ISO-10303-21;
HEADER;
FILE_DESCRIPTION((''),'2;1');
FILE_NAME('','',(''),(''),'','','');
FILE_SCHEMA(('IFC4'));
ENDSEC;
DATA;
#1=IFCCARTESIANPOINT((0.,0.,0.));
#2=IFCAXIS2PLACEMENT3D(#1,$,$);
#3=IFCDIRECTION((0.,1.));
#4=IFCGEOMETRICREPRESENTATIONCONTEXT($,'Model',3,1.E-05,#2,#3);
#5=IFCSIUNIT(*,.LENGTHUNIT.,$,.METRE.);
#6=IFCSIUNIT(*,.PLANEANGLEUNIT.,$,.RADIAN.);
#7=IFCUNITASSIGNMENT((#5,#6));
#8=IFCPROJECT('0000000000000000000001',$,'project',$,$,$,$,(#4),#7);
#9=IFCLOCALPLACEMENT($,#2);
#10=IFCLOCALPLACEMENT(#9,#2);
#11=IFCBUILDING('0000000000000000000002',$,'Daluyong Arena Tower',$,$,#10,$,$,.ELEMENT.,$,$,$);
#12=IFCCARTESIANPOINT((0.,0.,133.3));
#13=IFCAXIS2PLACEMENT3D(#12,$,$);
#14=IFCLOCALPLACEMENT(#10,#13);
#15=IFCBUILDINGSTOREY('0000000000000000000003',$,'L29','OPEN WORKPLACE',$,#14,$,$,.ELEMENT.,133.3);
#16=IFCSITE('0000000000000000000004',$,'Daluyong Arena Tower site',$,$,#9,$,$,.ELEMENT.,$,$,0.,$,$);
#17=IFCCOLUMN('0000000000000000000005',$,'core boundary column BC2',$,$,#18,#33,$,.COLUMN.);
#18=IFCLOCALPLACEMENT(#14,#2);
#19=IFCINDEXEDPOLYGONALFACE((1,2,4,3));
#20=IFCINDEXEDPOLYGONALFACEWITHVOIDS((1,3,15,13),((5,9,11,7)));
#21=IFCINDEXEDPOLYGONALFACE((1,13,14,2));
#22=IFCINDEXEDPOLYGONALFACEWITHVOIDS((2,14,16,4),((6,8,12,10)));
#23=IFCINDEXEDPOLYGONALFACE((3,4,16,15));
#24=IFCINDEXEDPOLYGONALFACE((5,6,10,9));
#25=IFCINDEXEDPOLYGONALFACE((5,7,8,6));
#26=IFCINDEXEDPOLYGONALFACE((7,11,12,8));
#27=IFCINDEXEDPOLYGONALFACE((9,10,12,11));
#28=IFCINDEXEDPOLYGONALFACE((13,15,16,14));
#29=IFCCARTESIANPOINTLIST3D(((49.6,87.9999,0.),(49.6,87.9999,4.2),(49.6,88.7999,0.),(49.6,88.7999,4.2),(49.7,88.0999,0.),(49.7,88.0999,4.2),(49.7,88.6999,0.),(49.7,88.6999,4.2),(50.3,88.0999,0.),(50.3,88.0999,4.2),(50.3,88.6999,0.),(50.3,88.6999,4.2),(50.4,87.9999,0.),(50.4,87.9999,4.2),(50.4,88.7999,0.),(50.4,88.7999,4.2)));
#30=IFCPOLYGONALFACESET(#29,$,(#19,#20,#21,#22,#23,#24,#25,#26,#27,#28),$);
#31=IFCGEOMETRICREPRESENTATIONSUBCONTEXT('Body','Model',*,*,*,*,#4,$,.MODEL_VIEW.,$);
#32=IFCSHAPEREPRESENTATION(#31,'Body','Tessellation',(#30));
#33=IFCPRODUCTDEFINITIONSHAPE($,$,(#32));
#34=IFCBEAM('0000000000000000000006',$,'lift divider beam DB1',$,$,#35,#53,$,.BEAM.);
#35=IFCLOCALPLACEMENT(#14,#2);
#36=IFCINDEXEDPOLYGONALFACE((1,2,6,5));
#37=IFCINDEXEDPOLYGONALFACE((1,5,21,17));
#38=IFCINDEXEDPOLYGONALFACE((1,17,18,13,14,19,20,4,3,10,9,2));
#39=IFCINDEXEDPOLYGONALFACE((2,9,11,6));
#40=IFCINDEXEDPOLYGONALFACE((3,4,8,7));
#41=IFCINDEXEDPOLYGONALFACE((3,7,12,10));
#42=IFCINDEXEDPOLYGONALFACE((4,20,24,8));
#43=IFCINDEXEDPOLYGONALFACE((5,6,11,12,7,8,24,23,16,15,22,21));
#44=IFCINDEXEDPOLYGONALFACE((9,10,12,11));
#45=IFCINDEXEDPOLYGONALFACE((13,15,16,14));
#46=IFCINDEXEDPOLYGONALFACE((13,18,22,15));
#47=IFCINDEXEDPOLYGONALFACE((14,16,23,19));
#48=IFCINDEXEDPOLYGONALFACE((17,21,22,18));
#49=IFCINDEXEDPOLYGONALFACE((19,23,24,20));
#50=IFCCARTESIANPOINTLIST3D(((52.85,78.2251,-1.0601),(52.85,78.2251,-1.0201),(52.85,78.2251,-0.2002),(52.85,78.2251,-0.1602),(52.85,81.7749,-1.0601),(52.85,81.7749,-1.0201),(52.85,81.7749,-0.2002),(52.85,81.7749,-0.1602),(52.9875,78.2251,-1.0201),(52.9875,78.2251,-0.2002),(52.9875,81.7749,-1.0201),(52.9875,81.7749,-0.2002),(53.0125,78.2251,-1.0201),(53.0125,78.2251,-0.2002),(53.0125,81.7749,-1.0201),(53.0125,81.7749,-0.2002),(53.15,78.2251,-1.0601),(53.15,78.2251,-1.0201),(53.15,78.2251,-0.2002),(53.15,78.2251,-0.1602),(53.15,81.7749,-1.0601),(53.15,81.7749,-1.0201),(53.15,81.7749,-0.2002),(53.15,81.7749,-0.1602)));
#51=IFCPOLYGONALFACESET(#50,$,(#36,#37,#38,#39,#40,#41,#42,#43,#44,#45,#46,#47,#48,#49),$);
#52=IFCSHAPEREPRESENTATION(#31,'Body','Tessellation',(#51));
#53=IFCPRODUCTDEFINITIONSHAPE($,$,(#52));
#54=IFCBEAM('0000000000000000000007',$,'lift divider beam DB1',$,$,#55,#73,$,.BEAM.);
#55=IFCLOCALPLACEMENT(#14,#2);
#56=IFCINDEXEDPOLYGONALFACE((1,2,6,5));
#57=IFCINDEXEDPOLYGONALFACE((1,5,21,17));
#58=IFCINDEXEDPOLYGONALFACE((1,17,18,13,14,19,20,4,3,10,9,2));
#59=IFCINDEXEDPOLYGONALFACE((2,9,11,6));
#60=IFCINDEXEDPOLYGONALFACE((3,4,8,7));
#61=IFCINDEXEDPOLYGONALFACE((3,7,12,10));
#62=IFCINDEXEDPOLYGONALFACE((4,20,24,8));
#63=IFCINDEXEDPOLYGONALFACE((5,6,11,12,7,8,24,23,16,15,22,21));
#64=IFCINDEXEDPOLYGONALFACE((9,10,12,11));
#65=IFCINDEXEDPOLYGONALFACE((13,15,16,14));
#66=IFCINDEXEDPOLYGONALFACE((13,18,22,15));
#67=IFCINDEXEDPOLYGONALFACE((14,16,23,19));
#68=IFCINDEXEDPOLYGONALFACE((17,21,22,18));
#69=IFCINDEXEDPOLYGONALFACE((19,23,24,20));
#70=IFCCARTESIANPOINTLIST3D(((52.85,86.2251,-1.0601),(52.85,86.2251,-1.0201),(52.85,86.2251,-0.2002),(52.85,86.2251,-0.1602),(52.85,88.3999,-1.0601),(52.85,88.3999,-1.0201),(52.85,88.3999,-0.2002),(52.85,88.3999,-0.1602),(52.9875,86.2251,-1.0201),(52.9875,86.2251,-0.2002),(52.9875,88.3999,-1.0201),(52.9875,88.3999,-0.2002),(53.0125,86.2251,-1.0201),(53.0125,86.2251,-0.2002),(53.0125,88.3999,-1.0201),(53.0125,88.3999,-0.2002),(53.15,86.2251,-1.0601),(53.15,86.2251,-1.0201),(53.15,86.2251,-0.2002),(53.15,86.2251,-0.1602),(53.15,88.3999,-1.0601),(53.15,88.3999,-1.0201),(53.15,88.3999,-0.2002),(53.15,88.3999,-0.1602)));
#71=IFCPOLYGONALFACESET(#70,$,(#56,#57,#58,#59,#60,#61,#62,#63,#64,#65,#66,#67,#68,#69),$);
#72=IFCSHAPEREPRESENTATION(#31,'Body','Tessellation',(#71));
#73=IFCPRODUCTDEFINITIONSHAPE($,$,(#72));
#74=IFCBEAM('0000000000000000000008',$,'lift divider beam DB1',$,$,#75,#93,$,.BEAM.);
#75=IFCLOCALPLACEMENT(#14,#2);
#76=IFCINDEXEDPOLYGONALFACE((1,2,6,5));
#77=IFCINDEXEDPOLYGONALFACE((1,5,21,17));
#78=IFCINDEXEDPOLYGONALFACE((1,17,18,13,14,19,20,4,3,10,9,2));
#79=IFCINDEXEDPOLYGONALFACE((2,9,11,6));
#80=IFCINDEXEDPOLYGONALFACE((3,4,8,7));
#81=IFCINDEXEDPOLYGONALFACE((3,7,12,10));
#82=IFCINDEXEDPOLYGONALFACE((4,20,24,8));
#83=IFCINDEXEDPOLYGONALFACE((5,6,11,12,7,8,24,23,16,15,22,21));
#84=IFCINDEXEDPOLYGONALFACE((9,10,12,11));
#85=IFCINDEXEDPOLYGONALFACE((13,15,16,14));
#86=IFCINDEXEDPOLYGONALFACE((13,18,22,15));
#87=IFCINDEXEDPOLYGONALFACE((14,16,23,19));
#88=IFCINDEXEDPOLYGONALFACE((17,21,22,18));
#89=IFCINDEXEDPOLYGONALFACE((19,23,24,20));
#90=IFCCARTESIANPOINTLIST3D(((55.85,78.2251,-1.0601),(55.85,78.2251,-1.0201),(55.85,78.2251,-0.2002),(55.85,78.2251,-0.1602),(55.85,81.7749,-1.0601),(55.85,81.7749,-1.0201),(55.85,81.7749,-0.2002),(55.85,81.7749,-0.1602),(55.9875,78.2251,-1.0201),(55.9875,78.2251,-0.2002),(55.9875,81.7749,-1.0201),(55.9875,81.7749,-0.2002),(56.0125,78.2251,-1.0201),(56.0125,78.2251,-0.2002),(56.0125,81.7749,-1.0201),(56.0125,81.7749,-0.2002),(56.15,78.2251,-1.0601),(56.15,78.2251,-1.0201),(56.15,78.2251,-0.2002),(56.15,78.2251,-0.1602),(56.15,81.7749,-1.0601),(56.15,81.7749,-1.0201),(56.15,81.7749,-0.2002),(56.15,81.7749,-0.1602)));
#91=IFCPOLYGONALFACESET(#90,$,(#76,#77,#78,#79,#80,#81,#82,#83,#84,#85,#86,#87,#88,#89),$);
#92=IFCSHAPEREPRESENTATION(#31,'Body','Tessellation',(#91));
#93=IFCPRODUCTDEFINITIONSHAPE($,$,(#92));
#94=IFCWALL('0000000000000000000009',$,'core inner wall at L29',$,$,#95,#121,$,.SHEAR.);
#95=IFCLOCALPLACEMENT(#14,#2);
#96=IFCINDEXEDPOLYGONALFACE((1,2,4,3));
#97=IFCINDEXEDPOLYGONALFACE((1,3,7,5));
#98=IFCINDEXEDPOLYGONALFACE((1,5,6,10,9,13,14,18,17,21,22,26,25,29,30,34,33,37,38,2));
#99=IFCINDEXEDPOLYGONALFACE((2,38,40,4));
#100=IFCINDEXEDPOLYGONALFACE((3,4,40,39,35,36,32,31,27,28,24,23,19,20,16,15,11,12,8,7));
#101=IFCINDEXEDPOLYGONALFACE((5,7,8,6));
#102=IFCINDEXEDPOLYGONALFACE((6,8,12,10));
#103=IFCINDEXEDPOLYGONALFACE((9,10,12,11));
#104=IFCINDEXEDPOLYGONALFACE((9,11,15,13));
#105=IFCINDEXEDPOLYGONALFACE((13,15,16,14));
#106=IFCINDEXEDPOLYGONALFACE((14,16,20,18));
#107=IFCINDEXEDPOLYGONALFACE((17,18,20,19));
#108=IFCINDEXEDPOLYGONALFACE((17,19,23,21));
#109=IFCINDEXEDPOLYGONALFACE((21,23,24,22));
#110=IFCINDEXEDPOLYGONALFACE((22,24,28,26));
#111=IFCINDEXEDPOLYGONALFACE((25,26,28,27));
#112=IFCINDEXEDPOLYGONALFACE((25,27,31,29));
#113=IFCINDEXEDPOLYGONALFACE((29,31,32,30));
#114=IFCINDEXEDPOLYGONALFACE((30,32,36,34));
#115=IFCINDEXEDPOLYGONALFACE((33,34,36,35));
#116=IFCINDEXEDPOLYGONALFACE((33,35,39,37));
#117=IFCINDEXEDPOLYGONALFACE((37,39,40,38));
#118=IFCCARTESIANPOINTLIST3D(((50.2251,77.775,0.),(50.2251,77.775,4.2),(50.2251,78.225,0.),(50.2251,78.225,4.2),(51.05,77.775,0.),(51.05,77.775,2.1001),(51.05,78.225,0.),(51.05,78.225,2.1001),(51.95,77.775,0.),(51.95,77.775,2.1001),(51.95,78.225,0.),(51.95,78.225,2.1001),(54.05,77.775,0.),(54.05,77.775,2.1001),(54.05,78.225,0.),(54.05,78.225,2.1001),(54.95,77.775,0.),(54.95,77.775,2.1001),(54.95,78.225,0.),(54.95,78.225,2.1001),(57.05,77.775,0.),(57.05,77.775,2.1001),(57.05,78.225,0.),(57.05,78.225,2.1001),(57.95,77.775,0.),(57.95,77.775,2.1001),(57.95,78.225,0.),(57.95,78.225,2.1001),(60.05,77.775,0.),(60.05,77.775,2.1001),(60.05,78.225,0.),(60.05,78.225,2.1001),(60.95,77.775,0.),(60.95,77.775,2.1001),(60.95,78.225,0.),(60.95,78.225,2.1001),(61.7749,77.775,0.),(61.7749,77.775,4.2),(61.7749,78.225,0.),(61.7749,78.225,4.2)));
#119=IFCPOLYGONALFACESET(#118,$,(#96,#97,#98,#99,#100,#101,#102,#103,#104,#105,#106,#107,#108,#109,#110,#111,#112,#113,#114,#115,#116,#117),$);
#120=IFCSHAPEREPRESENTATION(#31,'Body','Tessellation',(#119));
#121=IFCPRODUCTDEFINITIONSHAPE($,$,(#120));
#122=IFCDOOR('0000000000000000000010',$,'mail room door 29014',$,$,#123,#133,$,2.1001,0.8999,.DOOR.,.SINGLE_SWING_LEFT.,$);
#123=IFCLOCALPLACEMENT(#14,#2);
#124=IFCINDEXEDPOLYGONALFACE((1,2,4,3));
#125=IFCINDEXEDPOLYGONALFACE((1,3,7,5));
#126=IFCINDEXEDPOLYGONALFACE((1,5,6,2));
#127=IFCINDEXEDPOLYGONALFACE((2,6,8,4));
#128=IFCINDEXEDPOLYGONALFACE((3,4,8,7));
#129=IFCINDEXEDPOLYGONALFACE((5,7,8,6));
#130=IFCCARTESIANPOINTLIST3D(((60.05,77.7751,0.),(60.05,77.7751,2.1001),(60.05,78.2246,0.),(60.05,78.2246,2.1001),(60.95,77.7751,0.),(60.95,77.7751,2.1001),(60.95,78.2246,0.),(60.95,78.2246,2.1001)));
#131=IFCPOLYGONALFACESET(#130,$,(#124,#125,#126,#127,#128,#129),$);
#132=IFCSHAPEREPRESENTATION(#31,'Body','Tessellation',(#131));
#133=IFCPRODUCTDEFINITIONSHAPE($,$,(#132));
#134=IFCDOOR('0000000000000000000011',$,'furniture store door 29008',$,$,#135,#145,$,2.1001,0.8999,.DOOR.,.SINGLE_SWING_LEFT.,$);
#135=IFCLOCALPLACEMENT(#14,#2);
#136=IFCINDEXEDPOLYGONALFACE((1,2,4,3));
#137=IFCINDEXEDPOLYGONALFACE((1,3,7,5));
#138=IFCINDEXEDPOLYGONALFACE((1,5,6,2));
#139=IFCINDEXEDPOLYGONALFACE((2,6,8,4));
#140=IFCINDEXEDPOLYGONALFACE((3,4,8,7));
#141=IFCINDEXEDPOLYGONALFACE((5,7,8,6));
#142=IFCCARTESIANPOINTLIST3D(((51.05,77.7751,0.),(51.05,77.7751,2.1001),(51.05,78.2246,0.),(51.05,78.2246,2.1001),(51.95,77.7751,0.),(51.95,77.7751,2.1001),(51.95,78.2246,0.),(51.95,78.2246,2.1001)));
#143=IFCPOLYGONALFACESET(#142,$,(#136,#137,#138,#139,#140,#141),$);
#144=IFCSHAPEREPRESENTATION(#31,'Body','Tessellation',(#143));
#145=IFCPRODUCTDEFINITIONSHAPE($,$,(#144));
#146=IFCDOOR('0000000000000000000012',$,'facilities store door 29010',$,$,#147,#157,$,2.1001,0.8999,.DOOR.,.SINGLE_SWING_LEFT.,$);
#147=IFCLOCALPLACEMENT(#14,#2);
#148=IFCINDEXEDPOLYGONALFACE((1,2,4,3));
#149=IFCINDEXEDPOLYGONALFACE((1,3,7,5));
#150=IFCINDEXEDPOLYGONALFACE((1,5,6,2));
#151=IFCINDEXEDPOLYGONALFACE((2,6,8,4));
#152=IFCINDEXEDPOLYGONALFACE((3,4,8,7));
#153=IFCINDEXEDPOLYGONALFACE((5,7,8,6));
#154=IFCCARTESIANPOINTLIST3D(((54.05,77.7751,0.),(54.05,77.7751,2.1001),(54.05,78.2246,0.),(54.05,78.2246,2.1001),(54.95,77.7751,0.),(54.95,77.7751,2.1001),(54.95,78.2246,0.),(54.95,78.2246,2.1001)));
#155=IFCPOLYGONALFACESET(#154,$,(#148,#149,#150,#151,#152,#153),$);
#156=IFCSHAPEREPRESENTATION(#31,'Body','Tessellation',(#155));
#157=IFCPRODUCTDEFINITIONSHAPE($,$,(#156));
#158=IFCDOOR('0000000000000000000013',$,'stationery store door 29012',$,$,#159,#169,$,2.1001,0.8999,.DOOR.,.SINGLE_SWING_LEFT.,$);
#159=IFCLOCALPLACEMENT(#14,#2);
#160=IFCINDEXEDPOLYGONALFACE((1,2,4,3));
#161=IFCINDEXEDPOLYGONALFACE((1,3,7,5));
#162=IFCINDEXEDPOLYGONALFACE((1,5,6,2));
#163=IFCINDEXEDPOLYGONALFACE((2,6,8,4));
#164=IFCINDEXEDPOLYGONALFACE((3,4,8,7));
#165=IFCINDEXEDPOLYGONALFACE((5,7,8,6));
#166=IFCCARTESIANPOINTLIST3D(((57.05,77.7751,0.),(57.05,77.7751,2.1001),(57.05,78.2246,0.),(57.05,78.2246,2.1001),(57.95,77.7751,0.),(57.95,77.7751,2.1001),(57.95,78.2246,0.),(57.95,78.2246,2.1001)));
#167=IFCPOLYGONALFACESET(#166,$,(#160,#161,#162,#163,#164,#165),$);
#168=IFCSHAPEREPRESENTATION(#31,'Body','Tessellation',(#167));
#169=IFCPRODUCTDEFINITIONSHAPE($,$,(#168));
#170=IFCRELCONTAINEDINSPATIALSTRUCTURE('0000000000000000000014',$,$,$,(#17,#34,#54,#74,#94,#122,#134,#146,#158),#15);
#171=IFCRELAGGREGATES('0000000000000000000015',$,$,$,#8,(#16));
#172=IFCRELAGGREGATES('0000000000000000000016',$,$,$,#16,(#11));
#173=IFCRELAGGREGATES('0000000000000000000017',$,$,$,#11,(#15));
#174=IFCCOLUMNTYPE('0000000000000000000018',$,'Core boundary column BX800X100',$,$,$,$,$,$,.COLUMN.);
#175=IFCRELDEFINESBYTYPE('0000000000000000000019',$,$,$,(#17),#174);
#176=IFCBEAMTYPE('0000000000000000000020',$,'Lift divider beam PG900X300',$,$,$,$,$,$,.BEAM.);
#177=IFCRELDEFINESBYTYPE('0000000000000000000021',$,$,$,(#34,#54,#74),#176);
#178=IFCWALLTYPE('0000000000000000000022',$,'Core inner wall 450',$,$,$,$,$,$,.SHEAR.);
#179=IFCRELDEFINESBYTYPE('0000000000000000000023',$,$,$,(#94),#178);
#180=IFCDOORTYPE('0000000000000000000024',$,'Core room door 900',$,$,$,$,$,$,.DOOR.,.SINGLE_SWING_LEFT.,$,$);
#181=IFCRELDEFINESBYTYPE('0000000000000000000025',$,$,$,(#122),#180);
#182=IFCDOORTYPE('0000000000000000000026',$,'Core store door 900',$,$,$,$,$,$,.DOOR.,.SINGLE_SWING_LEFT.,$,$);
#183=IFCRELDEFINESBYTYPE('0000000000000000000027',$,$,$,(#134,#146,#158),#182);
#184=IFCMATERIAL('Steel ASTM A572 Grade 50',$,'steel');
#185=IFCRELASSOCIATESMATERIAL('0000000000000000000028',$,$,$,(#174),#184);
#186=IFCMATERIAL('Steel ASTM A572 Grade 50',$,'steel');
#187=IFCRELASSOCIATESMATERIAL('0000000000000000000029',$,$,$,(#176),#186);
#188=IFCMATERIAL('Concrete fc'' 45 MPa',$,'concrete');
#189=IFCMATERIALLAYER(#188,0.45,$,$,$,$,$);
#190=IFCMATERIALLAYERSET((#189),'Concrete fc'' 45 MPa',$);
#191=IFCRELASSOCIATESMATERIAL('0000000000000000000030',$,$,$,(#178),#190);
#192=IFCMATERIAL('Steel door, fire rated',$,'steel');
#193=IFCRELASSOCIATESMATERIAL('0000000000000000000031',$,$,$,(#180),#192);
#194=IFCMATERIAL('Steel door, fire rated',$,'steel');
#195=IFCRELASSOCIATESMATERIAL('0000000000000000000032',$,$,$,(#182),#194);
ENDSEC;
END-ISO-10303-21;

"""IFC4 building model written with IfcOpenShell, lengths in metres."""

from ifc_helpers import new_model, si_unit, direction, frame, frame_2d, origin, origin_2d, place, context, subcontext, project, spatial, rectangle, hollow_rectangle, i_section, extrude, material, layer, layer_set, material_profile, profile_set, type_object, element, fill, save


model = new_model("IFC4")

# Units and contexts
model_context = context("Model", 3, precision=1e-05, world=origin(), true_north=direction((0.0, 1.0)))
body_context = subcontext(model_context, "Body", "Model", "MODEL_VIEW")
ifc_project = project(units=[si_unit("LENGTHUNIT", "METRE"), si_unit("PLANEANGLEUNIT", "RADIAN")], contexts=[model_context])

# Site, building, storey
site_placement = place(None, origin())
site = spatial("IfcSite", under=ifc_project, at=site_placement, Name="Daluyong Arena Tower site", CompositionType="ELEMENT", RefElevation=0.0)
building_placement = place(site_placement, origin())
building = spatial("IfcBuilding", under=site, at=building_placement, Name="Daluyong Arena Tower", CompositionType="ELEMENT")
storey_placement = place(building_placement, frame((0.0, 0.0, 133.3)))
storey = spatial("IfcBuildingStorey", under=building, at=storey_placement, Name="L29", Description="OPEN WORKPLACE", CompositionType="ELEMENT", Elevation=133.3)

# Column
ifc_material_1 = material(Name="Steel ASTM A572 Grade 50", Category="steel")
ifc_material_profile_1 = material_profile(ifc_material_1, hollow_rectangle(XDim=0.8, YDim=0.8, WallThickness=0.1, at=origin_2d()))
ifc_profile_set_1 = profile_set([ifc_material_profile_1], Name="Steel ASTM A572 Grade 50")
column_type = type_object("IfcColumnType", Name="Core boundary column BX800X100", PredefinedType="COLUMN", material=ifc_profile_set_1)
column_placement = place(storey_placement, frame((50.0, 88.3999, 0.0), z_axis=(0.0, 0.0, 1.0), x_axis=(1.0, 0.0, 0.0)))
element("IfcColumn", 1, at=column_placement, inside=storey, type_object=column_type, Name="core boundary column BC2", PredefinedType="COLUMN", context=body_context, shape_type="SweptSolid", body=[
    extrude(hollow_rectangle(XDim=0.8, YDim=0.8, WallThickness=0.1, at=origin_2d()), origin(), (0.0, 0.0, 1.0), 4.2),
])

# Beams
ifc_material_2 = material(Name="Steel ASTM A572 Grade 50", Category="steel")
ifc_material_profile_2 = material_profile(ifc_material_2, i_section(OverallWidth=0.3, OverallDepth=0.8999, WebThickness=0.025, FlangeThickness=0.04, at=origin_2d()))
ifc_profile_set_2 = profile_set([ifc_material_profile_2], Name="Steel ASTM A572 Grade 50")
beam_type = type_object("IfcBeamType", Name="Lift divider beam PG900X300", PredefinedType="BEAM", material=ifc_profile_set_2)
beam_1_placement = place(storey_placement, frame((53.0, 78.2251, -0.6101), z_axis=(0.0, 1.0, 0.0), x_axis=(-1.0, 0.0, 0.0)))
element("IfcBeam", 2, at=beam_1_placement, inside=storey, type_object=beam_type, Name="lift divider beam DB1", PredefinedType="BEAM", context=body_context, shape_type="SweptSolid", body=[
    extrude(i_section(OverallWidth=0.3, OverallDepth=0.8999, WebThickness=0.025, FlangeThickness=0.04, at=origin_2d()), origin(), (0.0, 0.0, 1.0), 3.5498),
])
beam_2_placement = place(storey_placement, frame((53.0, 86.2251, -0.6101), z_axis=(0.0, 1.0, 0.0), x_axis=(-1.0, 0.0, 0.0)))
element("IfcBeam", 3, at=beam_2_placement, inside=storey, type_object=beam_type, Name="lift divider beam DB1", PredefinedType="BEAM", context=body_context, shape_type="SweptSolid", body=[
    extrude(i_section(OverallWidth=0.3, OverallDepth=0.8999, WebThickness=0.025, FlangeThickness=0.04, at=origin_2d()), origin(), (0.0, 0.0, 1.0), 2.1748),
])
beam_3_placement = place(storey_placement, frame((56.0, 78.2251, -0.6101), z_axis=(0.0, 1.0, 0.0), x_axis=(-1.0, 0.0, 0.0)))
element("IfcBeam", 4, at=beam_3_placement, inside=storey, type_object=beam_type, Name="lift divider beam DB1", PredefinedType="BEAM", context=body_context, shape_type="SweptSolid", body=[
    extrude(i_section(OverallWidth=0.3, OverallDepth=0.8999, WebThickness=0.025, FlangeThickness=0.04, at=origin_2d()), origin(), (0.0, 0.0, 1.0), 3.5498),
])

# Wall, openings, doors
ifc_material_3 = material(Name="Concrete fc' 45 MPa", Category="concrete")
ifc_layer_1 = layer(ifc_material_3, 0.45)
ifc_layer_set_1 = layer_set([ifc_layer_1], Name="Concrete fc' 45 MPa")
wall_type_1 = type_object("IfcWallType", Name="Core inner wall 450", PredefinedType="SHEAR", material=ifc_layer_set_1)
wall_1_placement = place(storey_placement, frame((50.2251, 78.0, 0.0), z_axis=(0.0, 0.0, 1.0), x_axis=(1.0, 0.0, 0.0)))
wall_1 = element("IfcWall", 5, at=wall_1_placement, inside=storey, type_object=wall_type_1, Name="core inner wall at L29", PredefinedType="SHEAR", context=body_context, shape_type="SweptSolid", body=[
    extrude(rectangle(XDim=11.5498, YDim=0.45, at=frame_2d((5.7749, 0.0))), origin(), (0.0, 0.0, 1.0), 4.2),
])
opening_1_placement = place(wall_1_placement, frame((0.825, 0.0, 0.0)))
opening_1 = element("IfcOpeningElement", 6, at=opening_1_placement, cuts=wall_1, PredefinedType="OPENING", context=body_context, shape_type="SweptSolid", body=[
    extrude(rectangle(XDim=0.8999, YDim=2.1001, at=frame_2d((0.45, 1.05))), frame((0.0, 0.2349, 0.0), z_axis=(0.0, -1.0, 0.0), x_axis=(1.0, 0.0, 0.0)), (0.0, 0.0, 1.0), 0.47),
])
opening_2_placement = place(wall_1_placement, frame((3.825, 0.0, 0.0)))
opening_2 = element("IfcOpeningElement", 7, at=opening_2_placement, cuts=wall_1, PredefinedType="OPENING", context=body_context, shape_type="SweptSolid", body=[
    extrude(rectangle(XDim=0.8999, YDim=2.1001, at=frame_2d((0.45, 1.05))), frame((0.0, 0.2349, 0.0), z_axis=(0.0, -1.0, 0.0), x_axis=(1.0, 0.0, 0.0)), (0.0, 0.0, 1.0), 0.47),
])
opening_3_placement = place(wall_1_placement, frame((6.825, 0.0, 0.0)))
opening_3 = element("IfcOpeningElement", 8, at=opening_3_placement, cuts=wall_1, PredefinedType="OPENING", context=body_context, shape_type="SweptSolid", body=[
    extrude(rectangle(XDim=0.8999, YDim=2.1001, at=frame_2d((0.45, 1.05))), frame((0.0, 0.2349, 0.0), z_axis=(0.0, -1.0, 0.0), x_axis=(1.0, 0.0, 0.0)), (0.0, 0.0, 1.0), 0.47),
])
opening_4_placement = place(wall_1_placement, frame((9.825, 0.0, 0.0)))
opening_4 = element("IfcOpeningElement", 9, at=opening_4_placement, cuts=wall_1, PredefinedType="OPENING", context=body_context, shape_type="SweptSolid", body=[
    extrude(rectangle(XDim=0.8999, YDim=2.1001, at=frame_2d((0.45, 1.05))), frame((0.0, 0.2349, 0.0), z_axis=(0.0, -1.0, 0.0), x_axis=(1.0, 0.0, 0.0)), (0.0, 0.0, 1.0), 0.47),
])
ifc_material_4 = material(Name="Steel door, fire rated", Category="steel")
door_type_1 = type_object("IfcDoorType", Name="Core room door 900", OperationType="SINGLE_SWING_LEFT", PredefinedType="DOOR", material=ifc_material_4)
door_1_placement = place(opening_4_placement, origin())
door_1 = element("IfcDoor", 10, at=door_1_placement, inside=storey, type_object=door_type_1, Name="mail room door 29014", OperationType="SINGLE_SWING_LEFT", OverallHeight=2.1001, OverallWidth=0.8999, PredefinedType="DOOR", context=body_context, shape_type="SweptSolid", body=[
    extrude(rectangle(XDim=0.8999, YDim=2.1001, at=frame_2d((0.45, 1.05))), frame((0.0, 0.2246, 0.0), z_axis=(0.0, -1.0, 0.0), x_axis=(1.0, 0.0, 0.0)), (0.0, 0.0, 1.0), 0.4495),
])
fill(opening_4, door_1)
ifc_material_5 = material(Name="Steel door, fire rated", Category="steel")
door_type_2 = type_object("IfcDoorType", Name="Core store door 900", OperationType="SINGLE_SWING_LEFT", PredefinedType="DOOR", material=ifc_material_5)
door_2_placement = place(opening_1_placement, origin())
door_2 = element("IfcDoor", 11, at=door_2_placement, inside=storey, type_object=door_type_2, Name="furniture store door 29008", OperationType="SINGLE_SWING_LEFT", OverallHeight=2.1001, OverallWidth=0.8999, PredefinedType="DOOR", context=body_context, shape_type="SweptSolid", body=[
    extrude(rectangle(XDim=0.8999, YDim=2.1001, at=frame_2d((0.45, 1.05))), frame((0.0, 0.2246, 0.0), z_axis=(0.0, -1.0, 0.0), x_axis=(1.0, 0.0, 0.0)), (0.0, 0.0, 1.0), 0.4495),
])
fill(opening_1, door_2)
door_3_placement = place(opening_2_placement, origin())
door_3 = element("IfcDoor", 12, at=door_3_placement, inside=storey, type_object=door_type_2, Name="facilities store door 29010", OperationType="SINGLE_SWING_LEFT", OverallHeight=2.1001, OverallWidth=0.8999, PredefinedType="DOOR", context=body_context, shape_type="SweptSolid", body=[
    extrude(rectangle(XDim=0.8999, YDim=2.1001, at=frame_2d((0.45, 1.05))), frame((0.0, 0.2246, 0.0), z_axis=(0.0, -1.0, 0.0), x_axis=(1.0, 0.0, 0.0)), (0.0, 0.0, 1.0), 0.4495),
])
fill(opening_2, door_3)
door_4_placement = place(opening_3_placement, origin())
door_4 = element("IfcDoor", 13, at=door_4_placement, inside=storey, type_object=door_type_2, Name="stationery store door 29012", OperationType="SINGLE_SWING_LEFT", OverallHeight=2.1001, OverallWidth=0.8999, PredefinedType="DOOR", context=body_context, shape_type="SweptSolid", body=[
    extrude(rectangle(XDim=0.8999, YDim=2.1001, at=frame_2d((0.45, 1.05))), frame((0.0, 0.2246, 0.0), z_axis=(0.0, -1.0, 0.0), x_axis=(1.0, 0.0, 0.0)), (0.0, 0.0, 1.0), 0.4495),
])
fill(opening_3, door_4)

save(model, "model.ifc")
